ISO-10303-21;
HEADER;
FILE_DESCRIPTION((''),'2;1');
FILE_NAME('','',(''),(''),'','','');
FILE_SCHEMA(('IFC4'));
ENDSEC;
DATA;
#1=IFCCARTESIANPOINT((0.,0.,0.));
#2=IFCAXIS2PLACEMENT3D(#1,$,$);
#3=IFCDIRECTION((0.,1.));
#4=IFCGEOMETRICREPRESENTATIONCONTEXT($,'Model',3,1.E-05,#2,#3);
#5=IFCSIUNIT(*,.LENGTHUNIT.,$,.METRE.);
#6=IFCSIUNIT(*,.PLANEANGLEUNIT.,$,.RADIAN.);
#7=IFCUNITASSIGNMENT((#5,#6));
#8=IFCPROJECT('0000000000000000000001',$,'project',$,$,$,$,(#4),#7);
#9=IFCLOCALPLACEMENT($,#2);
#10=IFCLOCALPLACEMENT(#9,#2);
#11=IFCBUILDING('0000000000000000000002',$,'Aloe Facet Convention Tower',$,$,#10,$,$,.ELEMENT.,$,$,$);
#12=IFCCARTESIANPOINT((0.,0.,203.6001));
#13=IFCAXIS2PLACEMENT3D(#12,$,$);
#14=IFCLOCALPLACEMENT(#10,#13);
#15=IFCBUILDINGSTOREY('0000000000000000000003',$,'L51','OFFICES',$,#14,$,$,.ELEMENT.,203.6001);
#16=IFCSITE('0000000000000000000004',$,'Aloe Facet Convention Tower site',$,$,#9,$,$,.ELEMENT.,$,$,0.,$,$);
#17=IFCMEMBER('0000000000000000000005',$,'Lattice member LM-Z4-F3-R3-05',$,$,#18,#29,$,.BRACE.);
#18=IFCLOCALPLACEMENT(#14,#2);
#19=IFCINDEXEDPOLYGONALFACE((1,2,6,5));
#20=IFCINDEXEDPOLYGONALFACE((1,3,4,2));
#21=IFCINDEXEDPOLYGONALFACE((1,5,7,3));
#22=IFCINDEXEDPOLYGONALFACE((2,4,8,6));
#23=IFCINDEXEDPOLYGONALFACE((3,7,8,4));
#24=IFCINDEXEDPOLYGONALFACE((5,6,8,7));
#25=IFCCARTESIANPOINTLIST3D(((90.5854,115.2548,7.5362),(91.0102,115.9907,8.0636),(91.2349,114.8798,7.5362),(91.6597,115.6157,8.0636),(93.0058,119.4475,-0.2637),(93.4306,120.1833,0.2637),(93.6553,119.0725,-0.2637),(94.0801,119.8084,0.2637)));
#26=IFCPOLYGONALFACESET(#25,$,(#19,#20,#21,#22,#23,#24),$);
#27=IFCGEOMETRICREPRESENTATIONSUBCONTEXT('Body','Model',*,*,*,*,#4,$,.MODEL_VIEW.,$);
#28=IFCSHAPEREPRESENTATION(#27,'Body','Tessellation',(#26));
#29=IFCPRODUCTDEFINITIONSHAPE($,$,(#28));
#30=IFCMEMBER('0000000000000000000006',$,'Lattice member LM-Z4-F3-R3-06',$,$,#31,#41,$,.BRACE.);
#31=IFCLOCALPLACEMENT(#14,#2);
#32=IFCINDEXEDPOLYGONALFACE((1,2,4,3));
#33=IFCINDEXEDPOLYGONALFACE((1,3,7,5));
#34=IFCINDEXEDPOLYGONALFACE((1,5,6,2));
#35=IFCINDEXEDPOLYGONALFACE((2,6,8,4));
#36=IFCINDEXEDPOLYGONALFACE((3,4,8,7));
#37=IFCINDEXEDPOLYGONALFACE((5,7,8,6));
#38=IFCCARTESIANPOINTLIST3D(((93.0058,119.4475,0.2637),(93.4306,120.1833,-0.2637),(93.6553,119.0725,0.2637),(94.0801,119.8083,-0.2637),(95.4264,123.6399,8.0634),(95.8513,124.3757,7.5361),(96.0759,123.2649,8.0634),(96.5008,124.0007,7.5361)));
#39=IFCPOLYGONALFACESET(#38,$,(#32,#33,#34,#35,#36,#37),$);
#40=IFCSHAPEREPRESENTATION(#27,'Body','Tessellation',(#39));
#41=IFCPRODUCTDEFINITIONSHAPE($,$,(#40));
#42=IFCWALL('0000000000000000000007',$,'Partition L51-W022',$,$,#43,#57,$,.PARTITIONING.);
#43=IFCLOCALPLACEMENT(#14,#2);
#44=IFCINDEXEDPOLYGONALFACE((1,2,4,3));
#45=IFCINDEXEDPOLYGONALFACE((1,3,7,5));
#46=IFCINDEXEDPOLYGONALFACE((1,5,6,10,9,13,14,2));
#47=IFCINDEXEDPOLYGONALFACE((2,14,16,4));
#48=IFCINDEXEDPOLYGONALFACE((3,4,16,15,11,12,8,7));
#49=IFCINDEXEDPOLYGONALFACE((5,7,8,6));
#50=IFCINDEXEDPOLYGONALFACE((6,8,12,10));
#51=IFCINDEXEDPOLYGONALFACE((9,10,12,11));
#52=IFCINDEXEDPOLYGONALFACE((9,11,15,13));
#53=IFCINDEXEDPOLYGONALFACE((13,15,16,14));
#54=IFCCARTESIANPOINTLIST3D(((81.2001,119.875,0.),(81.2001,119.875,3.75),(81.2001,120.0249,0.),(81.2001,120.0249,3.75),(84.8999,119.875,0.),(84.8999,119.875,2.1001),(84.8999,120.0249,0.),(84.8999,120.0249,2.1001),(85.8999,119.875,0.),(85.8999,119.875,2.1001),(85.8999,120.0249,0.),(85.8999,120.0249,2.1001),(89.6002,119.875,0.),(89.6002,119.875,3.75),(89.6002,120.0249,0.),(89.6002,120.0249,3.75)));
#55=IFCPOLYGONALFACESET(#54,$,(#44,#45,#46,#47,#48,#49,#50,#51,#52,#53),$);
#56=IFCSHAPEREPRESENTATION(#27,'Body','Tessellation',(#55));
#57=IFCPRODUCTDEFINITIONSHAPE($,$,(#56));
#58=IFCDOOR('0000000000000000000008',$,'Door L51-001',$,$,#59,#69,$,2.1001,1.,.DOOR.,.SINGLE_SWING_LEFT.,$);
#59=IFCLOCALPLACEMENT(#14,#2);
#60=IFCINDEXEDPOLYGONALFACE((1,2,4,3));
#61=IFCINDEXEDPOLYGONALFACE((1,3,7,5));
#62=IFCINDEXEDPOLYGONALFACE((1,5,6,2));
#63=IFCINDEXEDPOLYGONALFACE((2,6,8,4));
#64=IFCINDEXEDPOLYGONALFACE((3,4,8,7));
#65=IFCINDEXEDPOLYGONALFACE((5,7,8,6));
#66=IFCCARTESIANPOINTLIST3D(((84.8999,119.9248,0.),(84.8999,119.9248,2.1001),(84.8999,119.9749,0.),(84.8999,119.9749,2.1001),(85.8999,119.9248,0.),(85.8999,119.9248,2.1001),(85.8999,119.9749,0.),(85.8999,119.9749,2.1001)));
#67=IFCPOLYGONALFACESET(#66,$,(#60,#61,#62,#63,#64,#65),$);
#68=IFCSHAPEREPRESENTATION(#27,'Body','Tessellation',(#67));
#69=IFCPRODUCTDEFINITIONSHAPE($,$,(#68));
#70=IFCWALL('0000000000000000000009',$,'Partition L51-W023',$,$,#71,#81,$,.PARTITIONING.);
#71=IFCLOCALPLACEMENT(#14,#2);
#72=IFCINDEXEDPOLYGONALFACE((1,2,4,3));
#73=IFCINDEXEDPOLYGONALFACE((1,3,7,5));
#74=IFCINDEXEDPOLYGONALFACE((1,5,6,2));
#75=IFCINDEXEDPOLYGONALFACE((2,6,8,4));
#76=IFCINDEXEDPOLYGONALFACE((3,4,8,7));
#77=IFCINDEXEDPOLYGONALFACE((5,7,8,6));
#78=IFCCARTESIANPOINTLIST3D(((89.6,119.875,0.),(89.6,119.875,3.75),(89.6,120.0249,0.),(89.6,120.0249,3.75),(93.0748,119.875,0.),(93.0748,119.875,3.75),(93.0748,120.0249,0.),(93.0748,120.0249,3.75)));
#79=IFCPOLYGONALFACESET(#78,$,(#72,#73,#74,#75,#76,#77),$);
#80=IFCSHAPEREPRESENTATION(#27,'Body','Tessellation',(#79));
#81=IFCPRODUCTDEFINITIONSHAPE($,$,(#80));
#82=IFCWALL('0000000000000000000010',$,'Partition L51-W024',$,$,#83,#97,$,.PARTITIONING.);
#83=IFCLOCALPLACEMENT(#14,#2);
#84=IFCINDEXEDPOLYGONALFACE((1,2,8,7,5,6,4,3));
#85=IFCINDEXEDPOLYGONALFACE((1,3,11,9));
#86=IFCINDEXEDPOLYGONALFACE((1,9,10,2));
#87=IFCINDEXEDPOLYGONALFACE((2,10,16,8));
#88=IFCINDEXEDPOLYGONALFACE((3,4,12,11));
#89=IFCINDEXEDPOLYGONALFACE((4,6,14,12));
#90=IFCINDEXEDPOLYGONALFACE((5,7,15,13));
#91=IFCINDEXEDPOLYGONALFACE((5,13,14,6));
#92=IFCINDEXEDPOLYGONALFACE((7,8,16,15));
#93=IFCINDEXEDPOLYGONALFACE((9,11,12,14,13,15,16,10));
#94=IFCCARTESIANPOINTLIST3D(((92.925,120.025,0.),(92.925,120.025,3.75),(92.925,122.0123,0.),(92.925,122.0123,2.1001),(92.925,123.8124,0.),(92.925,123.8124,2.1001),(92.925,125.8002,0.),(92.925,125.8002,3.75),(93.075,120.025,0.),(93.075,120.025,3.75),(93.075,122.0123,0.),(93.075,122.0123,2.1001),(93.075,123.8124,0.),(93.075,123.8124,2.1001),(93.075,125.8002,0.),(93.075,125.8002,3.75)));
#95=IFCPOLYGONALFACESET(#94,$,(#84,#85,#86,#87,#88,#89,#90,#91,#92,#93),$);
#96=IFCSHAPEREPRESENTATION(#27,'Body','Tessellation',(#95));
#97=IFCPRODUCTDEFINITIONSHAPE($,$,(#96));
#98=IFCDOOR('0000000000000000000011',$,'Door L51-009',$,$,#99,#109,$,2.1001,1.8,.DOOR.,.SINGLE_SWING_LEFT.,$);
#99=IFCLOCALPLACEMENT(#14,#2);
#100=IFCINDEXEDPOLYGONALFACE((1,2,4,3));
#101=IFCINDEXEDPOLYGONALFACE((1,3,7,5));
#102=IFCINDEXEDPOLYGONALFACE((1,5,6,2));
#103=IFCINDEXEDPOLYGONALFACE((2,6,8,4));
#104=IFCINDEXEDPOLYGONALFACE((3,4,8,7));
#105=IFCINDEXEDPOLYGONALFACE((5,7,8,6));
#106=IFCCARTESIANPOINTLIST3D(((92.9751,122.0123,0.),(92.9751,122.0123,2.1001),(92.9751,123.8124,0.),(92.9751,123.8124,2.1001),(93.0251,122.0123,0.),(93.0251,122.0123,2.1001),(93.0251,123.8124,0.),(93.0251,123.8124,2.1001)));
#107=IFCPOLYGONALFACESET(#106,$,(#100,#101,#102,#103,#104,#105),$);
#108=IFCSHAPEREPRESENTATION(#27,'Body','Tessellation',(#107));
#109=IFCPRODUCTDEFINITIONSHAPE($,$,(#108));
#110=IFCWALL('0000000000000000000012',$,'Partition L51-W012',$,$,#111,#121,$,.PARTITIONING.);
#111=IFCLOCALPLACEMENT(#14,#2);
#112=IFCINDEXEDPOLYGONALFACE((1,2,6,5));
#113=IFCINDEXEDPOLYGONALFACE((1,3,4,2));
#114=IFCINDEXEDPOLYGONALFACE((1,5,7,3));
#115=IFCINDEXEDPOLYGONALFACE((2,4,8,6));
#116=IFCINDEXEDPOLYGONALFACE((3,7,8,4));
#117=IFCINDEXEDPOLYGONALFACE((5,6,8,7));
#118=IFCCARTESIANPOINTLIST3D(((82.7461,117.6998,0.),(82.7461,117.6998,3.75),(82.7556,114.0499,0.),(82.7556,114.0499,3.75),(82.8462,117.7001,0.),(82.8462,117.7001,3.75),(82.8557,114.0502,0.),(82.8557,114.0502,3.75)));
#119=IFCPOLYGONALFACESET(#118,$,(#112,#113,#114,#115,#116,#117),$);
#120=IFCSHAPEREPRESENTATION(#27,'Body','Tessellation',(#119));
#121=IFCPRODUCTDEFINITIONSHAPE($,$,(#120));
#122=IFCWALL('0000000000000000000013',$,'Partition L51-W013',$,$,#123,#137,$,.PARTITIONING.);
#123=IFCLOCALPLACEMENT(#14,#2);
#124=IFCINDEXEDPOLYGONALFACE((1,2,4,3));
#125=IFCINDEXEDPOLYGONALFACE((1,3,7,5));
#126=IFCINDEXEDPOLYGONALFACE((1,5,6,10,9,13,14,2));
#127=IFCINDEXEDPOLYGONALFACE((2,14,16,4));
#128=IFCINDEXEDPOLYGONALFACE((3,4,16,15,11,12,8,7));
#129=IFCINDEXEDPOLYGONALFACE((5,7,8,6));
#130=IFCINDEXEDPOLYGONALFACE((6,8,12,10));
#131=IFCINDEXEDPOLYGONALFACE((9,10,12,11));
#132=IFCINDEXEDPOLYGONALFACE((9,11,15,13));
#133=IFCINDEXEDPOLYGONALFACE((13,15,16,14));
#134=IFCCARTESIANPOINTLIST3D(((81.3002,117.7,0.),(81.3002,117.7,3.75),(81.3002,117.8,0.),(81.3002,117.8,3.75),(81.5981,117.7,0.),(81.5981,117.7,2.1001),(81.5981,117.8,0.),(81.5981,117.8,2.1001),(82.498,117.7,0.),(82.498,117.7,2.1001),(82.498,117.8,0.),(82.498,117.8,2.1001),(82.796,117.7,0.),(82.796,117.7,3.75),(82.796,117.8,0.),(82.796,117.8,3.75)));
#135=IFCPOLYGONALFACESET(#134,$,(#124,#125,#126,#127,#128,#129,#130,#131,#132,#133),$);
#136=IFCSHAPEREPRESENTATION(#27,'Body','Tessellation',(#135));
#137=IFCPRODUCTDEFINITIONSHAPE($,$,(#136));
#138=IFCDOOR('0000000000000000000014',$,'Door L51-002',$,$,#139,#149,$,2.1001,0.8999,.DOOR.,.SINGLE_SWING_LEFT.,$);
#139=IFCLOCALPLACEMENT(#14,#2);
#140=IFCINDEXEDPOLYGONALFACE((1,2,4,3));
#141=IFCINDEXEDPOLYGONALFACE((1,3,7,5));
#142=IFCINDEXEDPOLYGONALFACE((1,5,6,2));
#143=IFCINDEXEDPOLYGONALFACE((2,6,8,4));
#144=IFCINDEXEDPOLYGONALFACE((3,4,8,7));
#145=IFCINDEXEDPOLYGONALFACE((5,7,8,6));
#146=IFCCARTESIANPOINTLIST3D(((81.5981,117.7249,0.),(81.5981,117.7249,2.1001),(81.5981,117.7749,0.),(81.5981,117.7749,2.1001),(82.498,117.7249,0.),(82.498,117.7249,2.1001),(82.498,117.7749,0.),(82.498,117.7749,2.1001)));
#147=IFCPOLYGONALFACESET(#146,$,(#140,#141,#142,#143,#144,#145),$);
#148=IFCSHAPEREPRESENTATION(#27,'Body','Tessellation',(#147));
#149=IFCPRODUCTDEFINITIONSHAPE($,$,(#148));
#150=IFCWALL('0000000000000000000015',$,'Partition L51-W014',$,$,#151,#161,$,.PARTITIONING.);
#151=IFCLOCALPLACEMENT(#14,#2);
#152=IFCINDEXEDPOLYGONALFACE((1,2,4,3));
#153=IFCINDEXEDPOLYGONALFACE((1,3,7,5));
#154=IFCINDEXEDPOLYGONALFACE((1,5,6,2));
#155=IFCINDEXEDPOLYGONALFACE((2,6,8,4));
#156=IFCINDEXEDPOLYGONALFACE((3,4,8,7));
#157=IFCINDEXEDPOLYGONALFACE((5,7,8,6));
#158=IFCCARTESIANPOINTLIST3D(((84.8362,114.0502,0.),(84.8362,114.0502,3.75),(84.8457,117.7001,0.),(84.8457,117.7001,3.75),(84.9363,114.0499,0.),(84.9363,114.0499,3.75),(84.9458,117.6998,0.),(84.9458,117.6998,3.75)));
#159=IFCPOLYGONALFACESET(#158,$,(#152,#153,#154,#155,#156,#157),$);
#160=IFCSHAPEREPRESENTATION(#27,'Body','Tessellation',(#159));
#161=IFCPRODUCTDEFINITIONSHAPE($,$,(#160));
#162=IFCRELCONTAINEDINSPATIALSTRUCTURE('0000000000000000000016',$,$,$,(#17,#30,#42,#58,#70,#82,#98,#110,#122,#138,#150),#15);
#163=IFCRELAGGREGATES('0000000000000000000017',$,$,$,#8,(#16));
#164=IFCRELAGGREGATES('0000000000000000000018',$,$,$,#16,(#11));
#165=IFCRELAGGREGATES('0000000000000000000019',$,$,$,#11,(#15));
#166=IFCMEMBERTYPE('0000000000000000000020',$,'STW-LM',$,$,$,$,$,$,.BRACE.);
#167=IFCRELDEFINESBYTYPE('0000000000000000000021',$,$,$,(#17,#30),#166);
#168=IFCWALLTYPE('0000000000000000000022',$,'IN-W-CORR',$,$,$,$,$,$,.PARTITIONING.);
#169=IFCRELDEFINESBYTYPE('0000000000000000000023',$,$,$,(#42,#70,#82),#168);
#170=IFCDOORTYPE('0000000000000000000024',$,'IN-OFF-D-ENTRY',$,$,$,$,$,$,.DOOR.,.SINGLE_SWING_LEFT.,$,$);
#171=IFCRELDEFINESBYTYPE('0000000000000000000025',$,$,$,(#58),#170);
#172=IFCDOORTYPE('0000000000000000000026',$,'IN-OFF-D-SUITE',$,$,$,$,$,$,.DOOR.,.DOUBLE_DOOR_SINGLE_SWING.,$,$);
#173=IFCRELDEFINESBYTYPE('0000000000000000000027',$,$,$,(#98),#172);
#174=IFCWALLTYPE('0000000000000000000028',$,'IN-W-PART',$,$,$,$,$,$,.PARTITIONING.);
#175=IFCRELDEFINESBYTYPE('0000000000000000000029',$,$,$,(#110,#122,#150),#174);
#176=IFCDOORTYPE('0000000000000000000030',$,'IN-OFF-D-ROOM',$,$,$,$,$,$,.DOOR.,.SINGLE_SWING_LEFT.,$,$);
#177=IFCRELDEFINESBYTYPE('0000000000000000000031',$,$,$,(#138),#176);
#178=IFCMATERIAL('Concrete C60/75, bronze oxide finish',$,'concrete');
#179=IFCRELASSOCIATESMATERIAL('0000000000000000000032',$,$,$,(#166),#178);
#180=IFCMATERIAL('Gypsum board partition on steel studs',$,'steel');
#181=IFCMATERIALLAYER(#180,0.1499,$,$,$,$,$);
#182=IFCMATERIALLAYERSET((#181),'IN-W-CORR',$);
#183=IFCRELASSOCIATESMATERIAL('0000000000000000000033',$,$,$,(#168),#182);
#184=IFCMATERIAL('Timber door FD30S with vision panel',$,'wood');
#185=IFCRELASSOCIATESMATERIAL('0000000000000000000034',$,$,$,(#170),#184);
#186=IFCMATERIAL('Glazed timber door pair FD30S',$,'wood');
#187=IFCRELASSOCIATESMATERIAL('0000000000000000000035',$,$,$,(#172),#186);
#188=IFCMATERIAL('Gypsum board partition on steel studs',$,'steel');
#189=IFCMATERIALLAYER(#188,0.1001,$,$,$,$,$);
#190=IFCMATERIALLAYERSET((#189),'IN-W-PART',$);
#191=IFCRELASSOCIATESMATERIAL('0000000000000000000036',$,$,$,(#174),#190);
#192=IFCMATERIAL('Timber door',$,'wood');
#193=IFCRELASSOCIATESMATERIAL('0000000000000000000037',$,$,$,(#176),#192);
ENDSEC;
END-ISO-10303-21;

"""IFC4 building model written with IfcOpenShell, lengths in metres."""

from ifc_helpers import new_model, si_unit, direction, frame, frame_2d, origin, origin_2d, place, context, subcontext, project, spatial, rectangle, extrude, material, layer, layer_set, material_profile, profile_set, type_object, element, fill, save


model = new_model("IFC4")

# Units and contexts
model_context = context("Model", 3, precision=1e-05, world=origin(), true_north=direction((0.0, 1.0)))
body_context = subcontext(model_context, "Body", "Model", "MODEL_VIEW")
ifc_project = project(units=[si_unit("LENGTHUNIT", "METRE"), si_unit("PLANEANGLEUNIT", "RADIAN")], contexts=[model_context])

# Site, building, storey
site_placement = place(None, origin())
site = spatial("IfcSite", under=ifc_project, at=site_placement, Name="Aloe Facet Convention Tower site", CompositionType="ELEMENT", RefElevation=0.0)
building_placement = place(site_placement, origin())
building = spatial("IfcBuilding", under=site, at=building_placement, Name="Aloe Facet Convention Tower", CompositionType="ELEMENT")
storey_placement = place(building_placement, frame((0.0, 0.0, 203.6001)))
storey = spatial("IfcBuildingStorey", under=building, at=storey_placement, Name="L51", Description="OFFICES", CompositionType="ELEMENT", Elevation=203.6001)

# Members
ifc_material_1 = material(Name="Concrete C60/75, bronze oxide finish", Category="concrete")
ifc_material_profile_1 = material_profile(ifc_material_1, rectangle(XDim=0.75, YDim=1.0, at=origin_2d()), Name="STW-LM")
ifc_profile_set_1 = profile_set([ifc_material_profile_1], Name="Concrete C60/75, bronze oxide finish")
member_type = type_object("IfcMemberType", Name="STW-LM", PredefinedType="BRACE", material=ifc_profile_set_1)
member_1_placement = place(storey_placement, frame((93.543, 119.6279, 0.0), z_axis=(-0.26366, -0.45671, 0.849647), x_axis=(0.866044, -0.499968, 0.0)))
element("IfcMember", 1, at=member_1_placement, inside=storey, type_object=member_type, Name="Lattice member LM-Z4-F3-R3-05", PredefinedType="BRACE", context=body_context, shape_type="SweptSolid", body=[
    extrude(rectangle(XDim=0.75, YDim=1.0, at=origin_2d()), origin(), (0.0, 0.0, 1.0), 9.1802),
])
member_2_placement = place(storey_placement, frame((93.543, 119.6279, 0.0), z_axis=(0.263688, 0.456686, 0.849651), x_axis=(-0.866009, 0.500028, 0.0)))
element("IfcMember", 2, at=member_2_placement, inside=storey, type_object=member_type, Name="Lattice member LM-Z4-F3-R3-06", PredefinedType="BRACE", context=body_context, shape_type="SweptSolid", body=[
    extrude(rectangle(XDim=0.75, YDim=1.0, at=origin_2d()), origin(), (0.0, 0.0, 1.0), 9.1799),
])

# Wall, opening, door
ifc_material_2 = material(Name="Gypsum board partition on steel studs", Category="steel")
ifc_layer_1 = layer(ifc_material_2, 0.1499)
ifc_layer_set_1 = layer_set([ifc_layer_1], Name="IN-W-CORR")
wall_type_1 = type_object("IfcWallType", Name="IN-W-CORR", PredefinedType="PARTITIONING", material=ifc_layer_set_1)
wall_1_placement = place(storey_placement, frame((81.2, 119.95, 0.0), z_axis=(0.0, 0.0, 1.0), x_axis=(1.0, 0.0, 0.0)))
wall_1 = element("IfcWall", 3, at=wall_1_placement, inside=storey, type_object=wall_type_1, Name="Partition L51-W022", PredefinedType="PARTITIONING", context=body_context, shape_type="SweptSolid", body=[
    extrude(rectangle(XDim=8.4001, YDim=0.1499, at=frame_2d((4.2002, 0.0))), origin(), (0.0, 0.0, 1.0), 3.75),
])
opening_1_placement = place(wall_1_placement, frame((3.7, 0.0, 0.0)))
opening_1 = element("IfcOpeningElement", 4, at=opening_1_placement, cuts=wall_1, PredefinedType="OPENING", context=body_context, shape_type="SweptSolid", body=[
    extrude(rectangle(XDim=1.0, YDim=2.1001, at=frame_2d((0.5, 1.05))), frame((0.0, 0.085, 0.0), z_axis=(0.0, -1.0, 0.0), x_axis=(1.0, 0.0, 0.0)), (0.0, 0.0, 1.0), 0.1699),
])
ifc_material_3 = material(Name="Timber door FD30S with vision panel", Category="wood")
door_type_1 = type_object("IfcDoorType", Name="IN-OFF-D-ENTRY", OperationType="SINGLE_SWING_LEFT", PredefinedType="DOOR", material=ifc_material_3)
door_1_placement = place(opening_1_placement, origin())
door_1 = element("IfcDoor", 5, at=door_1_placement, inside=storey, type_object=door_type_1, Name="Door L51-001", OperationType="SINGLE_SWING_LEFT", OverallHeight=2.1001, OverallWidth=1.0, PredefinedType="DOOR", context=body_context, shape_type="SweptSolid", body=[
    extrude(rectangle(XDim=1.0, YDim=2.1001, at=frame_2d((0.5, 1.05))), frame((0.0, 0.0249, 0.0), z_axis=(0.0, -1.0, 0.0), x_axis=(1.0, 0.0, 0.0)), (0.0, 0.0, 1.0), 0.05),
])
fill(opening_1, door_1)

# Wall
wall_2_placement = place(storey_placement, frame((89.6001, 119.95, 0.0), z_axis=(0.0, 0.0, 1.0), x_axis=(1.0, 0.0, 0.0)))
element("IfcWall", 6, at=wall_2_placement, inside=storey, type_object=wall_type_1, Name="Partition L51-W023", PredefinedType="PARTITIONING", context=body_context, shape_type="SweptSolid", body=[
    extrude(rectangle(XDim=3.4749, YDim=0.1499, at=frame_2d((1.7373, 0.0))), origin(), (0.0, 0.0, 1.0), 3.75),
])

# Wall, opening, door
wall_3_placement = place(storey_placement, frame((93.0, 120.0249, 0.0), z_axis=(0.0, 0.0, 1.0), x_axis=(0.0, 1.0, 0.0)))
wall_3 = element("IfcWall", 7, at=wall_3_placement, inside=storey, type_object=wall_type_1, Name="Partition L51-W024", PredefinedType="PARTITIONING", context=body_context, shape_type="SweptSolid", body=[
    extrude(rectangle(XDim=5.7751, YDim=0.1499, at=frame_2d((2.8877, 0.0))), origin(), (0.0, 0.0, 1.0), 3.75),
])
opening_2_placement = place(wall_3_placement, frame((1.9875, 0.0, 0.0)))
opening_2 = element("IfcOpeningElement", 8, at=opening_2_placement, cuts=wall_3, PredefinedType="OPENING", context=body_context, shape_type="SweptSolid", body=[
    extrude(rectangle(XDim=1.8, YDim=2.1001, at=frame_2d((0.8999, 1.05))), frame((0.0, 0.085, 0.0), z_axis=(0.0, -1.0, 0.0), x_axis=(1.0, 0.0, 0.0)), (0.0, 0.0, 1.0), 0.1699),
])
ifc_material_4 = material(Name="Glazed timber door pair FD30S", Category="wood")
door_type_2 = type_object("IfcDoorType", Name="IN-OFF-D-SUITE", OperationType="DOUBLE_DOOR_SINGLE_SWING", PredefinedType="DOOR", material=ifc_material_4)
door_2_placement = place(opening_2_placement, origin())
door_2 = element("IfcDoor", 9, at=door_2_placement, inside=storey, type_object=door_type_2, Name="Door L51-009", OperationType="SINGLE_SWING_LEFT", OverallHeight=2.1001, OverallWidth=1.8, PredefinedType="DOOR", context=body_context, shape_type="SweptSolid", body=[
    extrude(rectangle(XDim=1.8, YDim=2.1001, at=frame_2d((0.8999, 1.05))), frame((0.0, 0.0249, 0.0), z_axis=(0.0, -1.0, 0.0), x_axis=(1.0, 0.0, 0.0)), (0.0, 0.0, 1.0), 0.05),
])
fill(opening_2, door_2)

# Wall
ifc_material_5 = material(Name="Gypsum board partition on steel studs", Category="steel")
ifc_layer_2 = layer(ifc_material_5, 0.1001)
ifc_layer_set_2 = layer_set([ifc_layer_2], Name="IN-W-PART")
wall_type_2 = type_object("IfcWallType", Name="IN-W-PART", PredefinedType="PARTITIONING", material=ifc_layer_set_2)
wall_4_placement = place(storey_placement, frame((82.8057, 114.05, 0.0), z_axis=(0.0, 0.0, 1.0), x_axis=(-0.002609, 0.999997, 0.0)))
element("IfcWall", 10, at=wall_4_placement, inside=storey, type_object=wall_type_2, Name="Partition L51-W012", PredefinedType="PARTITIONING", context=body_context, shape_type="SweptSolid", body=[
    extrude(rectangle(XDim=3.6499, YDim=0.1001, at=frame_2d((1.825, 0.0))), origin(), (0.0, 0.0, 1.0), 3.75),
])

# Wall, opening, door
wall_5_placement = place(storey_placement, frame((81.3, 117.75, 0.0), z_axis=(0.0, 0.0, 1.0), x_axis=(1.0, 0.0, 0.0)))
wall_5 = element("IfcWall", 11, at=wall_5_placement, inside=storey, type_object=wall_type_2, Name="Partition L51-W013", PredefinedType="PARTITIONING", context=body_context, shape_type="SweptSolid", body=[
    extrude(rectangle(XDim=1.4958, YDim=0.1001, at=frame_2d((0.748, 0.0))), origin(), (0.0, 0.0, 1.0), 3.75),
])
opening_3_placement = place(wall_5_placement, frame((0.2981, 0.0, 0.0)))
opening_3 = element("IfcOpeningElement", 12, at=opening_3_placement, cuts=wall_5, PredefinedType="OPENING", context=body_context, shape_type="SweptSolid", body=[
    extrude(rectangle(XDim=0.8999, YDim=2.1001, at=frame_2d((0.45, 1.05))), frame((0.0, 0.0601, 0.0), z_axis=(0.0, -1.0, 0.0), x_axis=(1.0, 0.0, 0.0)), (0.0, 0.0, 1.0), 0.1201),
])
ifc_material_6 = material(Name="Timber door", Category="wood")
door_type_3 = type_object("IfcDoorType", Name="IN-OFF-D-ROOM", OperationType="SINGLE_SWING_LEFT", PredefinedType="DOOR", material=ifc_material_6)
door_3_placement = place(opening_3_placement, origin())
door_3 = element("IfcDoor", 13, at=door_3_placement, inside=storey, type_object=door_type_3, Name="Door L51-002", OperationType="SINGLE_SWING_LEFT", OverallHeight=2.1001, OverallWidth=0.8999, PredefinedType="DOOR", context=body_context, shape_type="SweptSolid", body=[
    extrude(rectangle(XDim=0.8999, YDim=2.1001, at=frame_2d((0.45, 1.05))), frame((0.0, 0.0249, 0.0), z_axis=(0.0, -1.0, 0.0), x_axis=(1.0, 0.0, 0.0)), (0.0, 0.0, 1.0), 0.05),
])
fill(opening_3, door_3)

# Wall
wall_6_placement = place(storey_placement, frame((84.8862, 114.05, 0.0), z_axis=(0.0, 0.0, 1.0), x_axis=(0.002609, 0.999997, 0.0)))
element("IfcWall", 14, at=wall_6_placement, inside=storey, type_object=wall_type_2, Name="Partition L51-W014", PredefinedType="PARTITIONING", context=body_context, shape_type="SweptSolid", body=[
    extrude(rectangle(XDim=3.6499, YDim=0.1001, at=frame_2d((1.825, 0.0))), origin(), (0.0, 0.0, 1.0), 3.75),
])

save(model, "model.ifc")
